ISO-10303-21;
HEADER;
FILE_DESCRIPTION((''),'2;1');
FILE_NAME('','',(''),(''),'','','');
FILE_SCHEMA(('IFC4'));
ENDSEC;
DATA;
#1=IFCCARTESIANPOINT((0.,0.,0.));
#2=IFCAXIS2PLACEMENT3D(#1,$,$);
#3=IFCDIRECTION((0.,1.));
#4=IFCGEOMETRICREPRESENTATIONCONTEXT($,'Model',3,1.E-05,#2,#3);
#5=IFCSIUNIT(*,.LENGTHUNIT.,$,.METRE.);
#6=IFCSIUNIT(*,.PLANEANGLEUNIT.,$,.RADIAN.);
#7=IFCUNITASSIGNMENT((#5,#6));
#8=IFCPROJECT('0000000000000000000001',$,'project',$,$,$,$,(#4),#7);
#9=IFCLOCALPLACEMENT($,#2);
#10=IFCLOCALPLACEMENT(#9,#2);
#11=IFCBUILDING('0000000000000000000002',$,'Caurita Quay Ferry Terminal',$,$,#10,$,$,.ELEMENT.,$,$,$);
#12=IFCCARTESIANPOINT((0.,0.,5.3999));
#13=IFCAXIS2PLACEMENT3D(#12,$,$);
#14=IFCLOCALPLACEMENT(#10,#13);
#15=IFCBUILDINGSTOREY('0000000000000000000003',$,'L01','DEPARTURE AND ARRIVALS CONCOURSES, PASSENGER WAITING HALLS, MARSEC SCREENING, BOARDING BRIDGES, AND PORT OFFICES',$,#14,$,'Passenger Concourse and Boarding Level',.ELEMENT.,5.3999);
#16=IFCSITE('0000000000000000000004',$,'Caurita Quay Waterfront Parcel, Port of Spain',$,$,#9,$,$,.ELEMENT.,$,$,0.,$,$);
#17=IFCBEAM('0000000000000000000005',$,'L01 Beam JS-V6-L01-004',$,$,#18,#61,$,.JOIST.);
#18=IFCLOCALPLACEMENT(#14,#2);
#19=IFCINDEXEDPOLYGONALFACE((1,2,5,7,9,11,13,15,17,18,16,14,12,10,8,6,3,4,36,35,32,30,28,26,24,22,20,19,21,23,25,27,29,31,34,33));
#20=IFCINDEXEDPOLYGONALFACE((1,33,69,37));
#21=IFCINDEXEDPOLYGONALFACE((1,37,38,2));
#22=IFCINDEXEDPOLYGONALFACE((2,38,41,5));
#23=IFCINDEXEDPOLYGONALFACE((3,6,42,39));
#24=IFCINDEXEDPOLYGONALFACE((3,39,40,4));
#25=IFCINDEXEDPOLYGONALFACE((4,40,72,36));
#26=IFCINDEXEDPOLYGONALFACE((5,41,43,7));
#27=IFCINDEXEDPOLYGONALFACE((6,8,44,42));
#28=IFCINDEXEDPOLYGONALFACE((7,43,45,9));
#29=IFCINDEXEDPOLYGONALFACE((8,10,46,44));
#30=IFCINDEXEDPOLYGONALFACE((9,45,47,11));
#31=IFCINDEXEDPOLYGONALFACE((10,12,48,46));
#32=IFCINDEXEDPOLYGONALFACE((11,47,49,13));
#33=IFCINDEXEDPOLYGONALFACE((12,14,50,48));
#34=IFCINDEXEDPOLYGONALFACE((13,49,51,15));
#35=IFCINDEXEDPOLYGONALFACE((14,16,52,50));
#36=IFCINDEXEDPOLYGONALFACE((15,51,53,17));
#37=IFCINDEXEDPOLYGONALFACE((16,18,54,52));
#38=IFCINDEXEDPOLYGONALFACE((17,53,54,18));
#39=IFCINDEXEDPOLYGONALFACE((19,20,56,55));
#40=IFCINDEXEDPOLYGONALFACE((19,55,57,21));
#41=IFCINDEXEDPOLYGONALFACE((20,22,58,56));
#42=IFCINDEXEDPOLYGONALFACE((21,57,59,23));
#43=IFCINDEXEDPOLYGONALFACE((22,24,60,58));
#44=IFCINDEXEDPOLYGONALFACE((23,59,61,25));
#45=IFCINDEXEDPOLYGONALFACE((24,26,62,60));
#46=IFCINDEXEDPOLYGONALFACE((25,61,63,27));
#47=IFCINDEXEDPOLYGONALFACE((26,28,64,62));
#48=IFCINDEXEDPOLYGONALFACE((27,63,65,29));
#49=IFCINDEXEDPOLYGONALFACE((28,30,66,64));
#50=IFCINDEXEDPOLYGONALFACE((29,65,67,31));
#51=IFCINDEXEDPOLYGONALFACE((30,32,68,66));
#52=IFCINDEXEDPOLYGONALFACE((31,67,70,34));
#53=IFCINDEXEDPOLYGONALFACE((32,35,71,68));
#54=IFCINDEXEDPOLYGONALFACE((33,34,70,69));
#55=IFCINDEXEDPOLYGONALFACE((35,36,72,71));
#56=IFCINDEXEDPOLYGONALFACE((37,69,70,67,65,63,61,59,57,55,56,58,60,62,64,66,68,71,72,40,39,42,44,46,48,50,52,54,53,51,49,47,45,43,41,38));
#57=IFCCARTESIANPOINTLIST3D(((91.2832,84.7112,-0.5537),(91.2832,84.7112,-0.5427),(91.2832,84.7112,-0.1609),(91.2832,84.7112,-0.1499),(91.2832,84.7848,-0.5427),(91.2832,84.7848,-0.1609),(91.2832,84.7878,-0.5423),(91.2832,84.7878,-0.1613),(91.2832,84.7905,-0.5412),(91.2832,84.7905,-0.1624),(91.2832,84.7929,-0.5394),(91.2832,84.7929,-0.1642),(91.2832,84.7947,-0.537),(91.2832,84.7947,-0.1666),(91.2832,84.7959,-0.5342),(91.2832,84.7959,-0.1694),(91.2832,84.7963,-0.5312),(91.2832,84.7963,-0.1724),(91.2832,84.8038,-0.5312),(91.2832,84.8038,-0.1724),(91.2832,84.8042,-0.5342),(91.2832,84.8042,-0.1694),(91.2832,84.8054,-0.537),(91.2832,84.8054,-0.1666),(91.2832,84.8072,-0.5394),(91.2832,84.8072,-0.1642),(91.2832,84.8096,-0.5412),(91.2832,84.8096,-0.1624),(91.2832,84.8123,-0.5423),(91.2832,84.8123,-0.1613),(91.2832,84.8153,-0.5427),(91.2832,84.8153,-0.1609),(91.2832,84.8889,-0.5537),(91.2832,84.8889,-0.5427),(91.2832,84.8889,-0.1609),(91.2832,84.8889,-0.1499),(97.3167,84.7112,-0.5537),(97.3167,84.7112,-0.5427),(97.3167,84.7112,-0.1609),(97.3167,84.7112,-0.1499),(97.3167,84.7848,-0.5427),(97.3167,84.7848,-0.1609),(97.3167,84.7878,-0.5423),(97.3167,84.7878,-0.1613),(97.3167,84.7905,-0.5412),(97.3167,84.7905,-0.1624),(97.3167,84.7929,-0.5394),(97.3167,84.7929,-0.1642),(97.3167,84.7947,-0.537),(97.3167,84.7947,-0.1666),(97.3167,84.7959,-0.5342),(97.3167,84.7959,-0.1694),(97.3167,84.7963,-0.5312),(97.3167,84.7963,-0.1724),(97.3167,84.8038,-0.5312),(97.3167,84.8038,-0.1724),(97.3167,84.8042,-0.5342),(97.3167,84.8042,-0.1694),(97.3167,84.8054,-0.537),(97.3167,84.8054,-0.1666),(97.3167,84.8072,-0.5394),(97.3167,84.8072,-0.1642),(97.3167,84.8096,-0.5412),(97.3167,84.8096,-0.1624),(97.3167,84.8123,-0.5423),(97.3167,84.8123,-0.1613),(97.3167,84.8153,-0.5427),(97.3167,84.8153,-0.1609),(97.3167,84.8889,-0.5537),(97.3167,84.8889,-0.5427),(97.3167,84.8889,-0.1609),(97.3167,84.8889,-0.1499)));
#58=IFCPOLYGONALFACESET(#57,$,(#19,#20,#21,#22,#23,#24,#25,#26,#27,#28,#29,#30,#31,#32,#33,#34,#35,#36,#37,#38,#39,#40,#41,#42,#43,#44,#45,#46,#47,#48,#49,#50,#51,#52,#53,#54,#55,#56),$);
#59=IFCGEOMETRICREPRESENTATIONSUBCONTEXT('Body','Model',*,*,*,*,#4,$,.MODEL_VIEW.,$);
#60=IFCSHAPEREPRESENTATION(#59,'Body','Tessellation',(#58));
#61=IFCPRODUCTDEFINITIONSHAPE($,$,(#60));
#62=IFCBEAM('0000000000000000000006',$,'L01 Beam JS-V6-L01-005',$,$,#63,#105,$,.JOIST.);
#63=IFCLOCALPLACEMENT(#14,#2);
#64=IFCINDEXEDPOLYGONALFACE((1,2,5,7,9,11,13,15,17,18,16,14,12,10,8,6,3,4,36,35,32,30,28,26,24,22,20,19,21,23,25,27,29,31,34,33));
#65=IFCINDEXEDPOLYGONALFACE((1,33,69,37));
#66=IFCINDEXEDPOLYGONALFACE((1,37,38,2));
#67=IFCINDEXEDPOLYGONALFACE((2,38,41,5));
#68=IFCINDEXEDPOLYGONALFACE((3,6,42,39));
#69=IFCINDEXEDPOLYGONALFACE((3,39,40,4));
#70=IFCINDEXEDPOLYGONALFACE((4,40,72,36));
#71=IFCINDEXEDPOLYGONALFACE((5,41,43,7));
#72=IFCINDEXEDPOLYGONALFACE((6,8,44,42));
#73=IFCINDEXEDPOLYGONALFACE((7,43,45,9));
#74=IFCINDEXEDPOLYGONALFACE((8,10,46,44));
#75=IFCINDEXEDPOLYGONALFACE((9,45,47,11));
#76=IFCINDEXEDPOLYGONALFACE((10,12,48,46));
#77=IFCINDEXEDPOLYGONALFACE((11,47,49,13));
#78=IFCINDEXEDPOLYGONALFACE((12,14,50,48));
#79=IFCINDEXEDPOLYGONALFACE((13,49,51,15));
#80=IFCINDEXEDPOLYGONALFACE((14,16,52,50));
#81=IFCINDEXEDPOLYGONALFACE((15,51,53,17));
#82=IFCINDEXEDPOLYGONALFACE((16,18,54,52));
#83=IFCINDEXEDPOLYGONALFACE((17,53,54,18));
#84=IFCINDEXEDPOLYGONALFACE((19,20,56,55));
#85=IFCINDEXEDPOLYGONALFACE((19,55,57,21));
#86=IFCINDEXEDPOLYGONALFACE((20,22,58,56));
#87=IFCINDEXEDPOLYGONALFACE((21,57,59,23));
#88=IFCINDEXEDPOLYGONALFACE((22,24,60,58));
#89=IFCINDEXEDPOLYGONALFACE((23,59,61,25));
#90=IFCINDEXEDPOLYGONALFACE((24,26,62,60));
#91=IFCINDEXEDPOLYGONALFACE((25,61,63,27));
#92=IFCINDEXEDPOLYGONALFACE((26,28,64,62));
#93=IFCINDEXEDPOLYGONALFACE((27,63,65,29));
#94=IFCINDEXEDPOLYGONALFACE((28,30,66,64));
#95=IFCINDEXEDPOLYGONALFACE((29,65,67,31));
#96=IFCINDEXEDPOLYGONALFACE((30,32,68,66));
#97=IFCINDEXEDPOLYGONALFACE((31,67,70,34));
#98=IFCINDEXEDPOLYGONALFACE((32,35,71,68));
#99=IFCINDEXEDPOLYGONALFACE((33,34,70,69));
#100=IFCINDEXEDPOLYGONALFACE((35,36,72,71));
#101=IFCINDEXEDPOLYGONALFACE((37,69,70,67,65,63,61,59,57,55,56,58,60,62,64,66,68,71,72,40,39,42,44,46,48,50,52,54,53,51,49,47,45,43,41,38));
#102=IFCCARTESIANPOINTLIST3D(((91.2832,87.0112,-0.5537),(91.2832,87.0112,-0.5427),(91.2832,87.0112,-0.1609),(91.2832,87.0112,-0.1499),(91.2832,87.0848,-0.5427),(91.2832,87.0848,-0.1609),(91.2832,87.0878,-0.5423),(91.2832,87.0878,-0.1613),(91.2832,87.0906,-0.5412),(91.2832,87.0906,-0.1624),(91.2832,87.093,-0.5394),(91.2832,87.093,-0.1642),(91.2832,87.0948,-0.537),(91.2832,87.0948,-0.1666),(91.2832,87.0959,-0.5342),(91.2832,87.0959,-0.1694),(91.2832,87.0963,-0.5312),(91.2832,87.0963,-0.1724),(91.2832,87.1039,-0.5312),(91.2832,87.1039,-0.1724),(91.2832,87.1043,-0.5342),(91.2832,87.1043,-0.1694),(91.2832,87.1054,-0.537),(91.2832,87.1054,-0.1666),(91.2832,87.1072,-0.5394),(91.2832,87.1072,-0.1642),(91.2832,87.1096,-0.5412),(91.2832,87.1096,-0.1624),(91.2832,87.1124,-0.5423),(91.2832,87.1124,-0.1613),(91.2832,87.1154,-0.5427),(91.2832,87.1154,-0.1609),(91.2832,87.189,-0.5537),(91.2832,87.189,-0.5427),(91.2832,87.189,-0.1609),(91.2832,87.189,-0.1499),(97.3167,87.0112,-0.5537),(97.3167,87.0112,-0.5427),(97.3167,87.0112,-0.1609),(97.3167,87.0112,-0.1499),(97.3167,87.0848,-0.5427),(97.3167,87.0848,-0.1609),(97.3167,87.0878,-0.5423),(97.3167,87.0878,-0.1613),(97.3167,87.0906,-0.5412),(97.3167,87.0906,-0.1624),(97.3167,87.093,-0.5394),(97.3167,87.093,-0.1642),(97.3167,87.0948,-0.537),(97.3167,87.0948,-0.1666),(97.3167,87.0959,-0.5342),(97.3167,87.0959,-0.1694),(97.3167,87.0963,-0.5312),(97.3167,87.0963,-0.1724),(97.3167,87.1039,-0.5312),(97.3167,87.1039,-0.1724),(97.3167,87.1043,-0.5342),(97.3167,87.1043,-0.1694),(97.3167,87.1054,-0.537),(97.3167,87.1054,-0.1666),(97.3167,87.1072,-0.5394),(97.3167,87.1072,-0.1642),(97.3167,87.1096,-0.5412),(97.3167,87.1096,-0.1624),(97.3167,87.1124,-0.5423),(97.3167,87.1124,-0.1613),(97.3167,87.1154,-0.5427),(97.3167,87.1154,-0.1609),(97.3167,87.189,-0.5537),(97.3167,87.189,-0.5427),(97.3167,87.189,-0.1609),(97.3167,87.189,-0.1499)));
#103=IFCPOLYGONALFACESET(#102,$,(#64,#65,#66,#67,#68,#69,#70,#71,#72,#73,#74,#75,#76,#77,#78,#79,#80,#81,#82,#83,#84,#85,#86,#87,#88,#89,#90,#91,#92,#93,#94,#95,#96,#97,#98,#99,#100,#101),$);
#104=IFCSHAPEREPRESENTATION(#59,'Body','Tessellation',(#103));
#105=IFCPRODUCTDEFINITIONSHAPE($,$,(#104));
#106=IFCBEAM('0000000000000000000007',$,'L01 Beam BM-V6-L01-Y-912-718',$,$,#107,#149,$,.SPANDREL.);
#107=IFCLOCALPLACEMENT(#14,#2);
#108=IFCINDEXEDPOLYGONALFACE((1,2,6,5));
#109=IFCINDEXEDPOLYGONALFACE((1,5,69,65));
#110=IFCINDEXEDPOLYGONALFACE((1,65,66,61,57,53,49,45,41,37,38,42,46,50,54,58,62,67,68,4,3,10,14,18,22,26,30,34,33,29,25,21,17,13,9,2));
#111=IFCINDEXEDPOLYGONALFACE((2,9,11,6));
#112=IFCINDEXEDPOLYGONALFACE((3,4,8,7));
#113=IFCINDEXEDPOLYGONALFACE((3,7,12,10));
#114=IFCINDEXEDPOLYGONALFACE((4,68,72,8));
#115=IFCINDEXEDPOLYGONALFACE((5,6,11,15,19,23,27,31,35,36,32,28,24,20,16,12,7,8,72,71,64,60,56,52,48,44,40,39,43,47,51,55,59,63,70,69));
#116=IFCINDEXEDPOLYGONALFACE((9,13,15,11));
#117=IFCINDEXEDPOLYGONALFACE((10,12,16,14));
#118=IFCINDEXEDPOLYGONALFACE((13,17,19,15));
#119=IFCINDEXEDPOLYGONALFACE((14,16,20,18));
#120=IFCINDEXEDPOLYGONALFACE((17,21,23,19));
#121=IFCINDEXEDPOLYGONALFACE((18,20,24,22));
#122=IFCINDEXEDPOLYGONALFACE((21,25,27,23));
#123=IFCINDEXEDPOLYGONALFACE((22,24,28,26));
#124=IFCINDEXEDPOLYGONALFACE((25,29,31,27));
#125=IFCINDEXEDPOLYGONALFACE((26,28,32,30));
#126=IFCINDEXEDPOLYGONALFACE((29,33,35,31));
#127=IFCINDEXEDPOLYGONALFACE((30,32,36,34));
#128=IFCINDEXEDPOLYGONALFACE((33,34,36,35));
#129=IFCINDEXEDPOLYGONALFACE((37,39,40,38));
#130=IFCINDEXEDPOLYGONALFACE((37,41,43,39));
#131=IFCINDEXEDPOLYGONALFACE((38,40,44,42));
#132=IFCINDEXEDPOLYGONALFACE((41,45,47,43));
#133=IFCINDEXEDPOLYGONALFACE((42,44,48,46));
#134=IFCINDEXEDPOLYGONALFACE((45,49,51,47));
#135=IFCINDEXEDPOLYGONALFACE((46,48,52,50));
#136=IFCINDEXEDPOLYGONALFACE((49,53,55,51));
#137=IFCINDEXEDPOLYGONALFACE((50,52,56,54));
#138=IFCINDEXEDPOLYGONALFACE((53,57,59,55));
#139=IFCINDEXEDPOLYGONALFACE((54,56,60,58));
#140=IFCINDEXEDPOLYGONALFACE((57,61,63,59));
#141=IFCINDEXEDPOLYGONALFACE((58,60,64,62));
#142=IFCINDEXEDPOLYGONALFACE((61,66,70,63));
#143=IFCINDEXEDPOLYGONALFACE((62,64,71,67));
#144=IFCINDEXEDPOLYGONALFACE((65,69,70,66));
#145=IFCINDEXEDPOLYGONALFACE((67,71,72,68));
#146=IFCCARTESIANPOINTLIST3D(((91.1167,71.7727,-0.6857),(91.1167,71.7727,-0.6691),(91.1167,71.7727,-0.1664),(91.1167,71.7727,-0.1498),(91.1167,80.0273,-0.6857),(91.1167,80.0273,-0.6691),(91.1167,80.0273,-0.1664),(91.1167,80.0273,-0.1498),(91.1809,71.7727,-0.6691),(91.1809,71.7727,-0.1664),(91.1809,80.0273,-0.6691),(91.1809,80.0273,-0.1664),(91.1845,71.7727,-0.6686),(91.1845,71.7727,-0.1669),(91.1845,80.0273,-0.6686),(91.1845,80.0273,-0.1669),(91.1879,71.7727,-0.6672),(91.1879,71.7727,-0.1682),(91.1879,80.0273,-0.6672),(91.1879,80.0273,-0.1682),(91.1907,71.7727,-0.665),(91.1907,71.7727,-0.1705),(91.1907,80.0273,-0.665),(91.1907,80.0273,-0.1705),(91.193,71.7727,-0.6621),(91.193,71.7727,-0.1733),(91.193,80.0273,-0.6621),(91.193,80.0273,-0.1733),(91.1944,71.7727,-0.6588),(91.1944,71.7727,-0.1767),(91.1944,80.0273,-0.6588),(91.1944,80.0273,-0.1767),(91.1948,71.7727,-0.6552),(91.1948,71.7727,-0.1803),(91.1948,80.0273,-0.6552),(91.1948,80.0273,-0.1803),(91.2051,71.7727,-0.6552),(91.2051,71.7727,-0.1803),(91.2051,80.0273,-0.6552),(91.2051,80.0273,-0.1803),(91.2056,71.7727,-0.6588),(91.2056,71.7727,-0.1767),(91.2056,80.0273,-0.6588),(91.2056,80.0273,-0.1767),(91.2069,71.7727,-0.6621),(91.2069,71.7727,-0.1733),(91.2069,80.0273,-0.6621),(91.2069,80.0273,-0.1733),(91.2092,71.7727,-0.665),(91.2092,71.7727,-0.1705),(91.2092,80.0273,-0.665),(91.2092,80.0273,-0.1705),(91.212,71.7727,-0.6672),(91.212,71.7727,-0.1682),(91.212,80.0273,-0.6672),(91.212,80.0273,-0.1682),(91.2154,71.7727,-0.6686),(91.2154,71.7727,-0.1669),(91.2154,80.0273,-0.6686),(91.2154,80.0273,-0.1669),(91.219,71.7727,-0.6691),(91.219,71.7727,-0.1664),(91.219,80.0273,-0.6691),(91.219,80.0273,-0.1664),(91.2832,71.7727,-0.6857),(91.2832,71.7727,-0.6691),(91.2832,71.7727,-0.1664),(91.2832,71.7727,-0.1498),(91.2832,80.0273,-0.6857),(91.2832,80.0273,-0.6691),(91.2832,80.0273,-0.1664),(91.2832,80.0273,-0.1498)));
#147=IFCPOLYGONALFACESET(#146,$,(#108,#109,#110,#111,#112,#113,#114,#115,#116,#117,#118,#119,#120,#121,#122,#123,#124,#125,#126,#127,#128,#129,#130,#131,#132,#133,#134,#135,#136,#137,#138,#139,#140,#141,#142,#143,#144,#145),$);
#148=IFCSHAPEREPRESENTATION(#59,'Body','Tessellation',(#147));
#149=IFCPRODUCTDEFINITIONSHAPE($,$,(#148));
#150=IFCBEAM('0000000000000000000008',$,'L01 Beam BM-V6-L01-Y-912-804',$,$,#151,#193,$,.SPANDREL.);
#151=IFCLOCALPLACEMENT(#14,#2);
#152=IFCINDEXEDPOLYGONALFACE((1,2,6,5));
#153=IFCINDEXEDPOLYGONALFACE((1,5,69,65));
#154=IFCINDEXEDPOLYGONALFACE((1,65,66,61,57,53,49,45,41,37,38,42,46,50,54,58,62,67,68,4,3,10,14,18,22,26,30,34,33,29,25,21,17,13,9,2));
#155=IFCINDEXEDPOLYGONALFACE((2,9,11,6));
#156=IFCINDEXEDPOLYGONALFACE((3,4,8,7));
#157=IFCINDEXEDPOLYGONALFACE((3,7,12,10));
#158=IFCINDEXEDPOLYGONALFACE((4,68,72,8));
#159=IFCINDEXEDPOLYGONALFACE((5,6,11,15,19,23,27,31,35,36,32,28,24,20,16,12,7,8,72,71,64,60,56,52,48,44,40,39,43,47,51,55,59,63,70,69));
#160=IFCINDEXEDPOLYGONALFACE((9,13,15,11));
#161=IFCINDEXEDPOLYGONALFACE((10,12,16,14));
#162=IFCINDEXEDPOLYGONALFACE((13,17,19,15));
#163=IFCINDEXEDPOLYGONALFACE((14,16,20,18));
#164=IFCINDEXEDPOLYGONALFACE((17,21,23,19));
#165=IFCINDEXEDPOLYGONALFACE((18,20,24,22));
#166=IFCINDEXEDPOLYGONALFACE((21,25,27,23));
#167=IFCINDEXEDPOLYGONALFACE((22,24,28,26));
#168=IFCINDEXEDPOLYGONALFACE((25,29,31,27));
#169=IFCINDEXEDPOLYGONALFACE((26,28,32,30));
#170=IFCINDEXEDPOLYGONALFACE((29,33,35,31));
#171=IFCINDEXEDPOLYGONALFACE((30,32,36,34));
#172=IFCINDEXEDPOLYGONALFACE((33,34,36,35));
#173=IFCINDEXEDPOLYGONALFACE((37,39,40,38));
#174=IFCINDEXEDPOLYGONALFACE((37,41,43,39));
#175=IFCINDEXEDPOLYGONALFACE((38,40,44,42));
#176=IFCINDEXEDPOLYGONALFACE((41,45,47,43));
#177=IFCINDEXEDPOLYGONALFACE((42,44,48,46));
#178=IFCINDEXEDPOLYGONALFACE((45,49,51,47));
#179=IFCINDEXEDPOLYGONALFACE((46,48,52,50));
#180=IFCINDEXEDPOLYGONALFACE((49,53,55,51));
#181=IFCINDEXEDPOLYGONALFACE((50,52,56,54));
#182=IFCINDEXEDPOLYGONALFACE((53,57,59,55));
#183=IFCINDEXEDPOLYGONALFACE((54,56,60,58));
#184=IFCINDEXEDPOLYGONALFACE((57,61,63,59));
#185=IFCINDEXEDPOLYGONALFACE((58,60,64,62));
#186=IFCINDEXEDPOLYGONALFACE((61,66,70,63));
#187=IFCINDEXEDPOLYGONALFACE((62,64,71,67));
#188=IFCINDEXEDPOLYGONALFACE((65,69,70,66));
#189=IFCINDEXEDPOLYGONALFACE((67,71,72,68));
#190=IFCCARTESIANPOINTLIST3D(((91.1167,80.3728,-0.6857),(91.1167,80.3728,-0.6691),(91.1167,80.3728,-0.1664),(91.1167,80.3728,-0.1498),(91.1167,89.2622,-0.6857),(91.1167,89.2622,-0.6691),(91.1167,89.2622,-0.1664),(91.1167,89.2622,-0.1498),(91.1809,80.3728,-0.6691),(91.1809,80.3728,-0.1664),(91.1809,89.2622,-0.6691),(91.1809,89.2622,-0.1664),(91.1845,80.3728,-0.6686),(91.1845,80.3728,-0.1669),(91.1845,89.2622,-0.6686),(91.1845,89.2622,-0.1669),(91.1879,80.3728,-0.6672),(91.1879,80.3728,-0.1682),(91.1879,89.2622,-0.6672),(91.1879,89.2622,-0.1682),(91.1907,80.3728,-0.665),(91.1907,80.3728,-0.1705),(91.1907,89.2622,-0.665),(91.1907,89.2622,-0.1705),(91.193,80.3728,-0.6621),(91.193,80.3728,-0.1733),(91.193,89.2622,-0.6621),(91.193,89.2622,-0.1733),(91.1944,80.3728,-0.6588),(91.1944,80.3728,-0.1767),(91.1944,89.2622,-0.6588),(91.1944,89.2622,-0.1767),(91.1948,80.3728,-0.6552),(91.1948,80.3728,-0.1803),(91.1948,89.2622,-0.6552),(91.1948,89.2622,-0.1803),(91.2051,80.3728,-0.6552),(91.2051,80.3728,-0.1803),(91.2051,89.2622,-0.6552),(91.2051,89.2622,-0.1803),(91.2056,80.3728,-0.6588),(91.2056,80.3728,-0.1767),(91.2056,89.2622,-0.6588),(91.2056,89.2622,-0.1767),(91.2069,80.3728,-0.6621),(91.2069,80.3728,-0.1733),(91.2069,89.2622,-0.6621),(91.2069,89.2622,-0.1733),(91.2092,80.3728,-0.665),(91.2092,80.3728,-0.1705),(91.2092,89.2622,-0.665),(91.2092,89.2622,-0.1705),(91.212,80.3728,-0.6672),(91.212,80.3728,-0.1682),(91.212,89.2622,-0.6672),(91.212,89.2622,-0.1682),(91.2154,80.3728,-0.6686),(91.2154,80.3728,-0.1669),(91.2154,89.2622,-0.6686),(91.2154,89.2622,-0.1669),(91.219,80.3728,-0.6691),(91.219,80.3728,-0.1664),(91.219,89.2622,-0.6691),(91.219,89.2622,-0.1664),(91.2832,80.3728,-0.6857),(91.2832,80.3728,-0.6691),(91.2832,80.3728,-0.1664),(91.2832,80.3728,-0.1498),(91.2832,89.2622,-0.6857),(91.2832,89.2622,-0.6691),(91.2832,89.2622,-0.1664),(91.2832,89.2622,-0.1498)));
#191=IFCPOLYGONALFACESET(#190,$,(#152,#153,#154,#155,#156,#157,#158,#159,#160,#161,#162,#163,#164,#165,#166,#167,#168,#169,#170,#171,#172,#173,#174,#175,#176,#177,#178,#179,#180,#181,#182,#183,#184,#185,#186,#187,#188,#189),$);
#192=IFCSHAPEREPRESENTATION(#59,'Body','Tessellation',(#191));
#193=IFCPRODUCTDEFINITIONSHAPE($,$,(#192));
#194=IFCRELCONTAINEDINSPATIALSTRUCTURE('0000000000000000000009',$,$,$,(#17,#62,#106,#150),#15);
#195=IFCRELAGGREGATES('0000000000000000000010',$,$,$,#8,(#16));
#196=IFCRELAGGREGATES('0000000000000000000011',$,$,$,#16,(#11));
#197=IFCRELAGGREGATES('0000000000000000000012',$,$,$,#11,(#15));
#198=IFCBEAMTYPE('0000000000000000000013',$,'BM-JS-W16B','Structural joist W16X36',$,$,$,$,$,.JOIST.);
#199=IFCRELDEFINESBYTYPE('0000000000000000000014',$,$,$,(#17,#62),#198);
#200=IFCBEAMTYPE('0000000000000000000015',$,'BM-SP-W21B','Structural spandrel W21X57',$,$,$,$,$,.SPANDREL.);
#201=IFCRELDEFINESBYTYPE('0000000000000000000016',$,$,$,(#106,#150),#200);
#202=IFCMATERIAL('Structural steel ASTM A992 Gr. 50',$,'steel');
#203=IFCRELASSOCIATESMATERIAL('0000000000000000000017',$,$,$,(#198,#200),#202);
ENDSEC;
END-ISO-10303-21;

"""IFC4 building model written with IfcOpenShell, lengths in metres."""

from ifc_helpers import new_model, si_unit, direction, frame, origin, origin_2d, place, context, subcontext, project, spatial, i_section, extrude, material, material_profile, profile_set, type_object, element, save


model = new_model("IFC4")

# Units and contexts
model_context = context("Model", 3, precision=1e-05, world=origin(), true_north=direction((0.0, 1.0)))
body_context = subcontext(model_context, "Body", "Model", "MODEL_VIEW")
ifc_project = project(units=[si_unit("LENGTHUNIT", "METRE"), si_unit("PLANEANGLEUNIT", "RADIAN")], contexts=[model_context])

# Site, building, storey
site_placement = place(None, origin())
site = spatial("IfcSite", under=ifc_project, at=site_placement, Name="Caurita Quay Waterfront Parcel, Port of Spain", CompositionType="ELEMENT", RefElevation=0.0)
building_placement = place(site_placement, origin())
building = spatial("IfcBuilding", under=site, at=building_placement, Name="Caurita Quay Ferry Terminal", CompositionType="ELEMENT")
storey_placement = place(building_placement, frame((0.0, 0.0, 5.3999)))
storey = spatial("IfcBuildingStorey", under=building, at=storey_placement, Name="L01", Description="DEPARTURE AND ARRIVALS CONCOURSES, PASSENGER WAITING HALLS, MARSEC SCREENING, BOARDING BRIDGES, AND PORT OFFICES", LongName="Passenger Concourse and Boarding Level", CompositionType="ELEMENT", Elevation=5.3999)

# Beams
ifc_material_1 = material(Name="Structural steel ASTM A992 Gr. 50", Category="steel")
ifc_material_profile_1 = material_profile(ifc_material_1, i_section(OverallWidth=0.1777, OverallDepth=0.4038, WebThickness=0.0076, FlangeThickness=0.011, FilletRadius=0.0115, at=origin_2d()), Name="W16X36")
ifc_profile_set_1 = profile_set([ifc_material_profile_1], Name="Structural steel ASTM A992 Gr. 50")
beam_type_1 = type_object("IfcBeamType", Name="BM-JS-W16B", Description="Structural joist W16X36", PredefinedType="JOIST", material=ifc_profile_set_1)
for number, where, z_axis, x_axis, name in (
    (1, (91.2832, 84.8, -0.3518), (1.0, 0.0, 0.0), (0.0, 1.0, 0.0), "L01 Beam JS-V6-L01-004"),
    (2, (91.2832, 87.1001, -0.3518), (1.0, 0.0, 0.0), (0.0, 1.0, 0.0), "L01 Beam JS-V6-L01-005"),
):
    element("IfcBeam", number, at=place(storey_placement, frame(where, z_axis=z_axis, x_axis=x_axis)), inside=storey, type_object=beam_type_1, Name=name, PredefinedType="JOIST", context=body_context, shape_type="SweptSolid", body=[
        extrude(i_section(OverallWidth=0.1777, OverallDepth=0.4038, WebThickness=0.0076, FlangeThickness=0.011, FilletRadius=0.0115, at=origin_2d()), origin(), (0.0, 0.0, 1.0), 6.0334),
    ])
ifc_material_profile_2 = material_profile(ifc_material_1, i_section(OverallWidth=0.1665, OverallDepth=0.5359, WebThickness=0.0103, FlangeThickness=0.0166, FilletRadius=0.0139, at=origin_2d()), Name="W21X57")
ifc_profile_set_2 = profile_set([ifc_material_profile_2], Name="Structural steel ASTM A992 Gr. 50")
beam_type_2 = type_object("IfcBeamType", Name="BM-SP-W21B", Description="Structural spandrel W21X57", PredefinedType="SPANDREL", material=ifc_profile_set_2)
beam_1_placement = place(storey_placement, frame((91.2, 71.7727, -0.4177), z_axis=(0.0, 1.0, 0.0), x_axis=(-1.0, 0.0, 0.0)))
element("IfcBeam", 3, at=beam_1_placement, inside=storey, type_object=beam_type_2, Name="L01 Beam BM-V6-L01-Y-912-718", PredefinedType="SPANDREL", context=body_context, shape_type="SweptSolid", body=[
    extrude(i_section(OverallWidth=0.1665, OverallDepth=0.5359, WebThickness=0.0103, FlangeThickness=0.0166, FilletRadius=0.0139, at=origin_2d()), origin(), (0.0, 0.0, 1.0), 8.2546),
])
beam_2_placement = place(storey_placement, frame((91.2, 80.3728, -0.4177), z_axis=(0.0, 1.0, 0.0), x_axis=(-1.0, 0.0, 0.0)))
element("IfcBeam", 4, at=beam_2_placement, inside=storey, type_object=beam_type_2, Name="L01 Beam BM-V6-L01-Y-912-804", PredefinedType="SPANDREL", context=body_context, shape_type="SweptSolid", body=[
    extrude(i_section(OverallWidth=0.1665, OverallDepth=0.5359, WebThickness=0.0103, FlangeThickness=0.0166, FilletRadius=0.0139, at=origin_2d()), origin(), (0.0, 0.0, 1.0), 8.8894),
])

save(model, "model.ifc")
